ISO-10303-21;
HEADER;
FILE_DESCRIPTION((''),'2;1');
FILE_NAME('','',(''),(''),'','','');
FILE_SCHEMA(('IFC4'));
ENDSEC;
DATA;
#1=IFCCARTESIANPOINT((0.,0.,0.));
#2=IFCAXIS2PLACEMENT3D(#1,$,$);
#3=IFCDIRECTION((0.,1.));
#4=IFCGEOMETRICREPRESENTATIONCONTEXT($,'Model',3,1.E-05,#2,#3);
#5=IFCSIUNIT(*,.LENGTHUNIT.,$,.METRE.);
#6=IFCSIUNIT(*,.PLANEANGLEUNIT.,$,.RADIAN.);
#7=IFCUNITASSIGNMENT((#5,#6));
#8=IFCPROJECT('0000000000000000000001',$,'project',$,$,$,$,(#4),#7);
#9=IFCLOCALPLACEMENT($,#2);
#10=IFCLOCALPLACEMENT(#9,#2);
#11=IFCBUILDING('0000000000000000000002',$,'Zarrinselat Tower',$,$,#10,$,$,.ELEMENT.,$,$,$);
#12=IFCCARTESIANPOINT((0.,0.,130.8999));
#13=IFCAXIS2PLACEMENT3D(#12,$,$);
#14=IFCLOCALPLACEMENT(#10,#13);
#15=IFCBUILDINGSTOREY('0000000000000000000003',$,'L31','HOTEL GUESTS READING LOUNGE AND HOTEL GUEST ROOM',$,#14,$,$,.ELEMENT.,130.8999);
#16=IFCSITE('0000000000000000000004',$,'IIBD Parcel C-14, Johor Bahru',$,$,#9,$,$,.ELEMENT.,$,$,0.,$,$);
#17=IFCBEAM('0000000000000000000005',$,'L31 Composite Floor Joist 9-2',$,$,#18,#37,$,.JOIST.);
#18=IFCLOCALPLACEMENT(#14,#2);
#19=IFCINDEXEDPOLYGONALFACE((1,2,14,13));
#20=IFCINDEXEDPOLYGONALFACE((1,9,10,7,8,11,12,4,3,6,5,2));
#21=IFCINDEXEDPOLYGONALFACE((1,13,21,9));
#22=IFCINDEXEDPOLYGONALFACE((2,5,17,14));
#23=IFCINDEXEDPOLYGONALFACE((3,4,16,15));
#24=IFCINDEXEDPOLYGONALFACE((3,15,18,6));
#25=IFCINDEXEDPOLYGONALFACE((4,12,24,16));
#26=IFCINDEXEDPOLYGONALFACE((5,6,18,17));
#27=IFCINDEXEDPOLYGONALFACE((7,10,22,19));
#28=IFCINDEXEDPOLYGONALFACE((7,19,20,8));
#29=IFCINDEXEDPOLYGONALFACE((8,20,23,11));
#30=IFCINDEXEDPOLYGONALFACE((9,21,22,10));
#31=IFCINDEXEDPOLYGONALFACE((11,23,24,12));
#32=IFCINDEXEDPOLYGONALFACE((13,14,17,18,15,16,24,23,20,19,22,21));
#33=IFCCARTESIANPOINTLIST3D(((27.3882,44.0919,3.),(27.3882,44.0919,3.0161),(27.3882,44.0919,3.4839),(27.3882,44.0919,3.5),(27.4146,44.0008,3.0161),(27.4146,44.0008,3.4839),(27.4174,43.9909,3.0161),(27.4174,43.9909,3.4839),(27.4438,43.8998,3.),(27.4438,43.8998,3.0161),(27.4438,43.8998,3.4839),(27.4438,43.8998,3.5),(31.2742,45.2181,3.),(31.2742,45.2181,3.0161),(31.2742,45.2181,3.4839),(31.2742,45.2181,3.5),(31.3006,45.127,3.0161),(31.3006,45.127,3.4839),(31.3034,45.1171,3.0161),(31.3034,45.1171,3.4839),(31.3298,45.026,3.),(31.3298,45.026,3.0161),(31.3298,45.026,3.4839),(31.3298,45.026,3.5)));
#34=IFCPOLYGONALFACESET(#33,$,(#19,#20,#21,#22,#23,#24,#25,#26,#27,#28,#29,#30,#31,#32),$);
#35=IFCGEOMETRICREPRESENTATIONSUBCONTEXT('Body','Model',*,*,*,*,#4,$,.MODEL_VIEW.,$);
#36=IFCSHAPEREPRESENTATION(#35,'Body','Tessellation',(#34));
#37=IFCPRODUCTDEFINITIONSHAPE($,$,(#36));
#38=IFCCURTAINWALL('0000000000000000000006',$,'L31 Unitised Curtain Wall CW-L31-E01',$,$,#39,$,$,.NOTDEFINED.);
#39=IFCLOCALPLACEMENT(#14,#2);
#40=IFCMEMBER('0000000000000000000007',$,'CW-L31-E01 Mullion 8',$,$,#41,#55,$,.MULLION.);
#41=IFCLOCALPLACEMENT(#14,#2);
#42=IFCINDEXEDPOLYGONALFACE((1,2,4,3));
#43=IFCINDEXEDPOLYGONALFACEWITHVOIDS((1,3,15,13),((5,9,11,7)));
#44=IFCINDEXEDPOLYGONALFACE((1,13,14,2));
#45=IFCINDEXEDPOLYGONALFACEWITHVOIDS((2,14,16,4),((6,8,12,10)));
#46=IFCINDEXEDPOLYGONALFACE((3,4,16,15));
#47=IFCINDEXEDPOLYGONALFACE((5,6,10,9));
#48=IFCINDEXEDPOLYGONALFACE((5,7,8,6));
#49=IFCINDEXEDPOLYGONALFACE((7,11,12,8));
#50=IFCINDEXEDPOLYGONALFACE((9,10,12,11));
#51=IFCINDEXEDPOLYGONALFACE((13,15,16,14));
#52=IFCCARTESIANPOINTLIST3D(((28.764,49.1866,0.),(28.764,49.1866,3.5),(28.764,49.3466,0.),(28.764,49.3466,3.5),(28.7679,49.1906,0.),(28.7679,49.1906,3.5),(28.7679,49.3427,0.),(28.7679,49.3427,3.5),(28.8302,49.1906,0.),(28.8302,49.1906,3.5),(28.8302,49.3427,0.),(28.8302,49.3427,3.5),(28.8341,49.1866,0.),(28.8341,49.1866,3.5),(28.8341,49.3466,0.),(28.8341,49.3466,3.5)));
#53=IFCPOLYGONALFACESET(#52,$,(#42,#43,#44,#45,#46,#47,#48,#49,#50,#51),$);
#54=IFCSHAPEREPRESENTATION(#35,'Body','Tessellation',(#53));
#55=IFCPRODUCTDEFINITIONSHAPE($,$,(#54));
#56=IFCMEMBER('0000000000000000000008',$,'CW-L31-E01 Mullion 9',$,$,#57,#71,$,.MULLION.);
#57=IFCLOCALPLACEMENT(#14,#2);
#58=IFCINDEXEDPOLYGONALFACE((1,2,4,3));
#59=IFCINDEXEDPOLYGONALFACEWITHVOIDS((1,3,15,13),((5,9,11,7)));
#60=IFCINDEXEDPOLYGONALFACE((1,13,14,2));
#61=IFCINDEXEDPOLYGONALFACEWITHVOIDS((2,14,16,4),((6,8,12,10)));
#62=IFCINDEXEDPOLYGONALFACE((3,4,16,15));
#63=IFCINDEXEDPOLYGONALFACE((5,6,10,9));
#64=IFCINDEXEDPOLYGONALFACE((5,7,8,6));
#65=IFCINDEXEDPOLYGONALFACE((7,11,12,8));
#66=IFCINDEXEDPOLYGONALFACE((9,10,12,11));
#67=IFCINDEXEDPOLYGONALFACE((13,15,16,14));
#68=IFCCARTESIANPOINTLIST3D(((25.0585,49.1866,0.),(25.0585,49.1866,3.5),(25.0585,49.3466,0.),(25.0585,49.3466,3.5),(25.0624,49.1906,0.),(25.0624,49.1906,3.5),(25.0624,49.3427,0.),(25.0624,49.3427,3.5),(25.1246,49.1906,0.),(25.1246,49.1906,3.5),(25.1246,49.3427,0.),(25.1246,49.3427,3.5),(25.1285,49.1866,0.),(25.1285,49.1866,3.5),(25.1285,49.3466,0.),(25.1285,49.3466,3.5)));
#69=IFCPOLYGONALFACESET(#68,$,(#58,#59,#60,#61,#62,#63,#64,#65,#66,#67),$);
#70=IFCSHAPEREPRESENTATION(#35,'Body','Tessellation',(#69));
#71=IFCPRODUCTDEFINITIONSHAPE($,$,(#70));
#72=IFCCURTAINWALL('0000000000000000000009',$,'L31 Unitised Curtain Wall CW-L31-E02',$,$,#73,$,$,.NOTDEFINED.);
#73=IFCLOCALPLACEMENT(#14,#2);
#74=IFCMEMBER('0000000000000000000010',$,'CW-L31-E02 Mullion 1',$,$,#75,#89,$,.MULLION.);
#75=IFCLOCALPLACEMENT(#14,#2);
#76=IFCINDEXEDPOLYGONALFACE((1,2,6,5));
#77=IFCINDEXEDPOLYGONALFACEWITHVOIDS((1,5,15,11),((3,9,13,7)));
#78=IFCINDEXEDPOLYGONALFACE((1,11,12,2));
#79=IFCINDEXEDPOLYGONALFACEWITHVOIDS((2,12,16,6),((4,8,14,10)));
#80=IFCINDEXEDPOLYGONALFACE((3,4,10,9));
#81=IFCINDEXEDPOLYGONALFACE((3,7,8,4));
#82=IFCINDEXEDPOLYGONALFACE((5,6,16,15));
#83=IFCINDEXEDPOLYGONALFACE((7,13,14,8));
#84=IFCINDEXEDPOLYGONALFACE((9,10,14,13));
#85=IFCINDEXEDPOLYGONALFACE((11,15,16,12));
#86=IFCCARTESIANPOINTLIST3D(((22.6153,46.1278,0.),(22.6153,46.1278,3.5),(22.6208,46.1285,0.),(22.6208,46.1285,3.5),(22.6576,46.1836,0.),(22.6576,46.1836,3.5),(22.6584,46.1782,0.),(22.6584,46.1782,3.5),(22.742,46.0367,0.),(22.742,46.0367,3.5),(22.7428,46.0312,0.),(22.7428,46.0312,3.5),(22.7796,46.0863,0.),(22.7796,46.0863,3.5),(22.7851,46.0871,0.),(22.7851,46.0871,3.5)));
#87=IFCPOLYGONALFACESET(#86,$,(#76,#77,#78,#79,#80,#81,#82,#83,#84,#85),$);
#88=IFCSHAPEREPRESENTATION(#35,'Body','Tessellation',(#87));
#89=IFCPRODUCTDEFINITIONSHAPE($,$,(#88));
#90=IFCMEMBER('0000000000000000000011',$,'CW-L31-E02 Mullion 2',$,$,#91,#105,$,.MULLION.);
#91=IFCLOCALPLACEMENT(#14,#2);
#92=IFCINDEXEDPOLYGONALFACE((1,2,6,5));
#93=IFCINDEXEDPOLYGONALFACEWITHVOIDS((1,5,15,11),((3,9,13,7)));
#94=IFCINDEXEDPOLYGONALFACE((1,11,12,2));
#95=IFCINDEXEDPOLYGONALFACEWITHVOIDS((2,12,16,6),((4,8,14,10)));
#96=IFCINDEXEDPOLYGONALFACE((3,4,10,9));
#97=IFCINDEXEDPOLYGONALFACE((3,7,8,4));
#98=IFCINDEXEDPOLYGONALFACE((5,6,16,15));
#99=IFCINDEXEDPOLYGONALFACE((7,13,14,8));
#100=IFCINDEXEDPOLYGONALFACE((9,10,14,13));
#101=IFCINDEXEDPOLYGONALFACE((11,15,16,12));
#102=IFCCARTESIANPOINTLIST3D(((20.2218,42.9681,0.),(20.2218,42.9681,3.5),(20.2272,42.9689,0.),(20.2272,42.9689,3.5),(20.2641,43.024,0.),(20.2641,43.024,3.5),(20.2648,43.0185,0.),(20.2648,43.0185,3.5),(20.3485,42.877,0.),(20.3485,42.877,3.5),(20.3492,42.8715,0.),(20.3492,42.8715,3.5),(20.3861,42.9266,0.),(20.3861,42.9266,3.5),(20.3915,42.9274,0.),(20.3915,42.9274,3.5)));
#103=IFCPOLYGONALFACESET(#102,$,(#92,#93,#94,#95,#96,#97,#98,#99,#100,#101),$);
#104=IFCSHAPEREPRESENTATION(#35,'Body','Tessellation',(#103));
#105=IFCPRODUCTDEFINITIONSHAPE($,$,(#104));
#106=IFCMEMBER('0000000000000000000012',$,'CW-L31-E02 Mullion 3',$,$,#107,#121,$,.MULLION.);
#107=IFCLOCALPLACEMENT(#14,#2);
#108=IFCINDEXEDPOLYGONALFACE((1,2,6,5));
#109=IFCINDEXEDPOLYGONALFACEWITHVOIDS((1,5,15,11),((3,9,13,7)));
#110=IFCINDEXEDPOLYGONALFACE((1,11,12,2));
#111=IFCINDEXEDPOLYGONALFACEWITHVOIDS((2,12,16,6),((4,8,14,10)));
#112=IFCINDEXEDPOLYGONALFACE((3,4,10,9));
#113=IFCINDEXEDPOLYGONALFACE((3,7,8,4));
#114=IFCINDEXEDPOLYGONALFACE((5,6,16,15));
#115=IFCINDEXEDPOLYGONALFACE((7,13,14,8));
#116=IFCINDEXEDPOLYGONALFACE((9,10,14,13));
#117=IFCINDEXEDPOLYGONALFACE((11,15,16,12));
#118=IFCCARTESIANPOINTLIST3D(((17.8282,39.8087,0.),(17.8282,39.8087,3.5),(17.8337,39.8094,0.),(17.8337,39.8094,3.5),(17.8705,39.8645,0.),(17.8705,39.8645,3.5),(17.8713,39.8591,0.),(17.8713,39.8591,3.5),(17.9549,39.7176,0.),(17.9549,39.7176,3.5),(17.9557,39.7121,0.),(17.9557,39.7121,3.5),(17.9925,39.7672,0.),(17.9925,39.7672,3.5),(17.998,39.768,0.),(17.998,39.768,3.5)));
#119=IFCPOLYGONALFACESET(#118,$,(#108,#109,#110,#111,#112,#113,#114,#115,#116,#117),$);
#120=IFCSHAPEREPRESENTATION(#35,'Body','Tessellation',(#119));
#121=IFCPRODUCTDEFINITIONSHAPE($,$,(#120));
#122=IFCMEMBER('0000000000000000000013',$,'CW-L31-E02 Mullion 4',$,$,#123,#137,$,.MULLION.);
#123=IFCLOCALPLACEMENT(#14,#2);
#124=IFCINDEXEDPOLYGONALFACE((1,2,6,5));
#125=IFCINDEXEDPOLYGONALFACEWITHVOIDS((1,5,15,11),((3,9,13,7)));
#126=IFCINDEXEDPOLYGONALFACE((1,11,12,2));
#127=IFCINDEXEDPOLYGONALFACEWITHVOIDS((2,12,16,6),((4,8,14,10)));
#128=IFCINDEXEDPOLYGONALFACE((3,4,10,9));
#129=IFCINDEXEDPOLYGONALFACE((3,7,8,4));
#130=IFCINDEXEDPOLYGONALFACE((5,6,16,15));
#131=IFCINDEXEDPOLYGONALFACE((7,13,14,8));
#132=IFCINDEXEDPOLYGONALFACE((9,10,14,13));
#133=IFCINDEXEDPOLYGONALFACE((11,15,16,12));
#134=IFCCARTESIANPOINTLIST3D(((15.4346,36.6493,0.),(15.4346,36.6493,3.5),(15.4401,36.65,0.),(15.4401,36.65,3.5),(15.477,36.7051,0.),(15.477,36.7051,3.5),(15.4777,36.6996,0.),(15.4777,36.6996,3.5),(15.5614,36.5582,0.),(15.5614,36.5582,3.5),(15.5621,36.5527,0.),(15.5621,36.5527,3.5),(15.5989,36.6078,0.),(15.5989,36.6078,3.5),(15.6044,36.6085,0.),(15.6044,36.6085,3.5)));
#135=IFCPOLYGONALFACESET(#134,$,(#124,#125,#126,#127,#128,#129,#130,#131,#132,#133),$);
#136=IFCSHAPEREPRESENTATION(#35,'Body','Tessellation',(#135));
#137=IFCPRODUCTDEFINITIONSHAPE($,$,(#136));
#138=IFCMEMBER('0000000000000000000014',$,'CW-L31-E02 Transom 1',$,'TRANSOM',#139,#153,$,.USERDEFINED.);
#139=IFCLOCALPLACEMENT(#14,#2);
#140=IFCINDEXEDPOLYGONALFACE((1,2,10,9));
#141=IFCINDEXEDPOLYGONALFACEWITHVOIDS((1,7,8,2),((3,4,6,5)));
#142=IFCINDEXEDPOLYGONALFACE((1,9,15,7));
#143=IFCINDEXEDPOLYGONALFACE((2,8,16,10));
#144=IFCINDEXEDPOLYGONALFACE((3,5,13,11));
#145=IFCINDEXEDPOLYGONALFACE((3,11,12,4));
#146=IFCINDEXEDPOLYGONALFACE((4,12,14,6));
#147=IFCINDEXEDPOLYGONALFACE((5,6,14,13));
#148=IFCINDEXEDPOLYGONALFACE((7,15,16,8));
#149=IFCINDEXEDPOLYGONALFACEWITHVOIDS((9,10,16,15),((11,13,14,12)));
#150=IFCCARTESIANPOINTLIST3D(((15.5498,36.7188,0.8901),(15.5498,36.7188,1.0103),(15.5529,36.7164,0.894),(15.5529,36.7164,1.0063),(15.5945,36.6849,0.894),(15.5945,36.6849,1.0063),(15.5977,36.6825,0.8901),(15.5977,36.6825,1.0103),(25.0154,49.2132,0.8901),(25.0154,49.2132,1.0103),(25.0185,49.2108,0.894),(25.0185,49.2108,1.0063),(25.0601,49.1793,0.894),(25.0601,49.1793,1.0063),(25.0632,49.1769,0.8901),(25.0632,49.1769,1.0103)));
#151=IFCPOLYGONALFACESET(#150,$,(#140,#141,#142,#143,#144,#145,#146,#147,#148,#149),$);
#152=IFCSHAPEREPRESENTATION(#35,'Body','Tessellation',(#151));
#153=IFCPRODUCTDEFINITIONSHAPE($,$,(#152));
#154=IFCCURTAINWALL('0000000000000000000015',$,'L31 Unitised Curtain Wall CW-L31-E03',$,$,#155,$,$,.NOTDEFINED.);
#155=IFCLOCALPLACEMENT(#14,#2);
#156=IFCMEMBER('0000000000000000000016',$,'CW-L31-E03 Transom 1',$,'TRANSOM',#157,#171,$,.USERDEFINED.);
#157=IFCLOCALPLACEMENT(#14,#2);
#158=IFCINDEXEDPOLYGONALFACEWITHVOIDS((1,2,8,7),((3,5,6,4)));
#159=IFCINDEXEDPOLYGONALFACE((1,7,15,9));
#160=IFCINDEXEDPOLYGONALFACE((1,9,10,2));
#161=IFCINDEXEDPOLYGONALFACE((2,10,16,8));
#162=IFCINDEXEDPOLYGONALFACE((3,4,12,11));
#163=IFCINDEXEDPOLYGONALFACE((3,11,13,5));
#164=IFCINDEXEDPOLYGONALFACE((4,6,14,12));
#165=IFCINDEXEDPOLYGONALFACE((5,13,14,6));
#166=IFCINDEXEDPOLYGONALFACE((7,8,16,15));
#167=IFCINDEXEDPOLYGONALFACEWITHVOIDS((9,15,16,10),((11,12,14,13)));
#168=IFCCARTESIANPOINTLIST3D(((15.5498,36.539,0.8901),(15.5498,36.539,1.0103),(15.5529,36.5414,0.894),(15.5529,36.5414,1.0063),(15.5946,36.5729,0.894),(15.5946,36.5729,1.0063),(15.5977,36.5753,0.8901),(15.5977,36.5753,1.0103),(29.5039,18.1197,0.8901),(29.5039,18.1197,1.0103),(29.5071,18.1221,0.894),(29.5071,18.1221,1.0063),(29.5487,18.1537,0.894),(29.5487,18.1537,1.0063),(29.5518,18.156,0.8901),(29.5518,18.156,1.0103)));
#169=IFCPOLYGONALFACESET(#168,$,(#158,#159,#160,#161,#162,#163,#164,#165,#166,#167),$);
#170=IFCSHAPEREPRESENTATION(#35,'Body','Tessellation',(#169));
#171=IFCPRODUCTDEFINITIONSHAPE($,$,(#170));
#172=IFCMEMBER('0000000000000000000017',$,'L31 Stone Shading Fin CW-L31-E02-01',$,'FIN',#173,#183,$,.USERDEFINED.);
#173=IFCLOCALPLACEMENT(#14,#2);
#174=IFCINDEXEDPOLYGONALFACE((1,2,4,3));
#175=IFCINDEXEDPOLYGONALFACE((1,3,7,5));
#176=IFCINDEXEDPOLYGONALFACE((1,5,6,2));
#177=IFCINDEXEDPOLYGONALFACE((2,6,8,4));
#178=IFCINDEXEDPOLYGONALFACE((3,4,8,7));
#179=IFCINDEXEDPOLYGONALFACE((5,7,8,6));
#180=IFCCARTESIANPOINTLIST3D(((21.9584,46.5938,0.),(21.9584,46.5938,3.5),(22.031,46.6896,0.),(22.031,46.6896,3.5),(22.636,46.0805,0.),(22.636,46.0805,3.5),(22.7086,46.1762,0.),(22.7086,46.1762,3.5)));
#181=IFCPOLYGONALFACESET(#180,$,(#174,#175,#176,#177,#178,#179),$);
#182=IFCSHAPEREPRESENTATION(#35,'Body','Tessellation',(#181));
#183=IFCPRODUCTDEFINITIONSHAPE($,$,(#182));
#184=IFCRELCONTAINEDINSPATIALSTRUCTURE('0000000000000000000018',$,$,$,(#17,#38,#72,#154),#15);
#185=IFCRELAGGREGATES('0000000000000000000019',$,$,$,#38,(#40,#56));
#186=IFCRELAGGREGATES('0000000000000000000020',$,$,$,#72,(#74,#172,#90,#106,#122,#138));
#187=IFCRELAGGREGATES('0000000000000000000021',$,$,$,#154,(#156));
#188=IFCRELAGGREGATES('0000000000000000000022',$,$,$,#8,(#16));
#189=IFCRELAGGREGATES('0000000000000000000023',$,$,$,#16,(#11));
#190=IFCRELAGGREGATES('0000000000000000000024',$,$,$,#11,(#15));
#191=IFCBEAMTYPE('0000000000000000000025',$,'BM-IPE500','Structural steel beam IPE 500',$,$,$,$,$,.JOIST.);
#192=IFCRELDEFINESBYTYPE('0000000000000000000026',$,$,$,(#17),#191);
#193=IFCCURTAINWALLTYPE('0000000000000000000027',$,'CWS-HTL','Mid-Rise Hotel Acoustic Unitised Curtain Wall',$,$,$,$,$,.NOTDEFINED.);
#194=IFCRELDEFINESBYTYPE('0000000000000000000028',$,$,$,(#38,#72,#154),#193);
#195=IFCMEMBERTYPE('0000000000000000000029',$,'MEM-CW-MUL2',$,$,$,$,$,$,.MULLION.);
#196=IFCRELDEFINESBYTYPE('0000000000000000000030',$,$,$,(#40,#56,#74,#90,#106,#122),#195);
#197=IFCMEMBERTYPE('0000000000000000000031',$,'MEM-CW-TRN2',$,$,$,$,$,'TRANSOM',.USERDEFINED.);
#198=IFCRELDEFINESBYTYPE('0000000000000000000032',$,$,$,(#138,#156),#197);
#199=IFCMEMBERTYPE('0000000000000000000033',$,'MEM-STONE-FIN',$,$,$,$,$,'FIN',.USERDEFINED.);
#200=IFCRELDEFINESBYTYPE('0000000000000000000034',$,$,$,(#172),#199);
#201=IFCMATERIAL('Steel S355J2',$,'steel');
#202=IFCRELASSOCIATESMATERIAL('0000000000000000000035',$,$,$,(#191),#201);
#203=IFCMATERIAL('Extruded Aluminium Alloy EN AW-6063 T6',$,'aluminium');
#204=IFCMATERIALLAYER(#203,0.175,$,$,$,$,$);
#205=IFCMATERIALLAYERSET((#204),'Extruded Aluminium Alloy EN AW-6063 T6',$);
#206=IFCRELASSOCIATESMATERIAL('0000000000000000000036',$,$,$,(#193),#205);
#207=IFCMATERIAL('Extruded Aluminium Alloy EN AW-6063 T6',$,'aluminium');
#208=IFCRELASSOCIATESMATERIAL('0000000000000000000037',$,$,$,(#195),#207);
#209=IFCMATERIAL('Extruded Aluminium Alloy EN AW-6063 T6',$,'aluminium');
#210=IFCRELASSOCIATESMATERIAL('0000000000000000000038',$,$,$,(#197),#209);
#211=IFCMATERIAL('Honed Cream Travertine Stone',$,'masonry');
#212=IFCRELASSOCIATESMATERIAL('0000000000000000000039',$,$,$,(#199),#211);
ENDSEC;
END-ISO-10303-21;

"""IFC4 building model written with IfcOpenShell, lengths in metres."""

from ifc_helpers import new_model, si_unit, direction, frame, origin, origin_2d, place, context, subcontext, project, spatial, rectangle, hollow_rectangle, i_section, extrude, material, layer, layer_set, material_profile, profile_set, type_object, element, aggregate, save


model = new_model("IFC4")

# Units and contexts
model_context = context("Model", 3, precision=1e-05, world=origin(), true_north=direction((0.0, 1.0)))
body_context = subcontext(model_context, "Body", "Model", "MODEL_VIEW")
ifc_project = project(units=[si_unit("LENGTHUNIT", "METRE"), si_unit("PLANEANGLEUNIT", "RADIAN")], contexts=[model_context])

# Site, building, storey
site_placement = place(None, origin())
site = spatial("IfcSite", under=ifc_project, at=site_placement, Name="IIBD Parcel C-14, Johor Bahru", CompositionType="ELEMENT", RefElevation=0.0)
building_placement = place(site_placement, origin())
building = spatial("IfcBuilding", under=site, at=building_placement, Name="Zarrinselat Tower", CompositionType="ELEMENT")
storey_placement = place(building_placement, frame((0.0, 0.0, 130.8999)))
storey = spatial("IfcBuildingStorey", under=building, at=storey_placement, Name="L31", Description="HOTEL GUESTS READING LOUNGE AND HOTEL GUEST ROOM", CompositionType="ELEMENT", Elevation=130.8999)

# Beam
ifc_material_1 = material(Name="Steel S355J2", Category="steel")
ifc_material_profile_1 = material_profile(ifc_material_1, i_section(OverallWidth=0.2, OverallDepth=0.5, WebThickness=0.0103, FlangeThickness=0.0161, at=origin_2d()), Name="IPE 500")
ifc_profile_set_1 = profile_set([ifc_material_profile_1], Name="Steel S355J2")
beam_type_1 = type_object("IfcBeamType", Name="BM-IPE500", Description="Structural steel beam IPE 500", PredefinedType="JOIST", material=ifc_profile_set_1)
beam_1_placement = place(storey_placement, frame((27.416, 43.9958, 3.25), z_axis=(0.960476, 0.278361, 0.0), x_axis=(-0.278361, 0.960476, 0.0)))
element("IfcBeam", 1, at=beam_1_placement, inside=storey, type_object=beam_type_1, Name="L31 Composite Floor Joist 9-2", PredefinedType="JOIST", context=body_context, shape_type="SweptSolid", body=[
    extrude(i_section(OverallWidth=0.2, OverallDepth=0.5, WebThickness=0.0103, FlangeThickness=0.0161, at=origin_2d()), origin(), (0.0, 0.0, 1.0), 4.0459),
])

# Curtain walls, members
ifc_material_2 = material(Name="Extruded Aluminium Alloy EN AW-6063 T6", Category="aluminium")
ifc_layer_1 = layer(ifc_material_2, 0.175)
ifc_layer_set_1 = layer_set([ifc_layer_1], Name="Extruded Aluminium Alloy EN AW-6063 T6")
curtain_wall_type = type_object("IfcCurtainWallType", Name="CWS-HTL", Description="Mid-Rise Hotel Acoustic Unitised Curtain Wall", PredefinedType="NOTDEFINED", material=ifc_layer_set_1)
curtain_wall_1_placement = place(storey_placement, origin())
curtain_wall_1 = element("IfcCurtainWall", 2, at=curtain_wall_1_placement, inside=storey, type_object=curtain_wall_type, Name="L31 Unitised Curtain Wall CW-L31-E01", PredefinedType="NOTDEFINED")
ifc_material_3 = material(Name="Extruded Aluminium Alloy EN AW-6063 T6", Category="aluminium")
ifc_material_profile_2 = material_profile(ifc_material_3, hollow_rectangle(XDim=0.0701, YDim=0.1599, WallThickness=0.0039, at=origin_2d()), Name="RHS 160x70x4")
ifc_profile_set_2 = profile_set([ifc_material_profile_2], Name="Extruded Aluminium Alloy EN AW-6063 T6")
member_type_1 = type_object("IfcMemberType", Name="MEM-CW-MUL2", PredefinedType="MULLION", material=ifc_profile_set_2)
member_1_placement = place(storey_placement, frame((28.7991, 49.2666, 0.0), z_axis=(0.0, 0.0, 1.0), x_axis=(-1.0, 0.0, 0.0)))
member_1 = element("IfcMember", 3, at=member_1_placement, type_object=member_type_1, Name="CW-L31-E01 Mullion 8", PredefinedType="MULLION", context=body_context, shape_type="SweptSolid", body=[
    extrude(hollow_rectangle(XDim=0.0701, YDim=0.1599, WallThickness=0.0039, at=origin_2d()), origin(), (0.0, 0.0, 1.0), 3.5),
])
member_2_placement = place(storey_placement, frame((25.0935, 49.2666, 0.0), z_axis=(0.0, 0.0, 1.0), x_axis=(-1.0, 0.0, 0.0)))
member_2 = element("IfcMember", 4, at=member_2_placement, type_object=member_type_1, Name="CW-L31-E01 Mullion 9", PredefinedType="MULLION", context=body_context, shape_type="SweptSolid", body=[
    extrude(hollow_rectangle(XDim=0.0701, YDim=0.1599, WallThickness=0.0039, at=origin_2d()), origin(), (0.0, 0.0, 1.0), 3.5),
])
curtain_wall_2_placement = place(storey_placement, origin())
curtain_wall_2 = element("IfcCurtainWall", 5, at=curtain_wall_2_placement, inside=storey, type_object=curtain_wall_type, Name="L31 Unitised Curtain Wall CW-L31-E02", PredefinedType="NOTDEFINED")
member_3_placement = place(storey_placement, frame((22.7002, 46.1074, 0.0), z_axis=(0.0, 0.0, 1.0), x_axis=(-0.603858, -0.797092, 0.0)))
member_3 = element("IfcMember", 6, at=member_3_placement, type_object=member_type_1, Name="CW-L31-E02 Mullion 1", PredefinedType="MULLION", context=body_context, shape_type="SweptSolid", body=[
    extrude(hollow_rectangle(XDim=0.0701, YDim=0.1599, WallThickness=0.0039, at=origin_2d()), origin(), (0.0, 0.0, 1.0), 3.5),
])
member_4_placement = place(storey_placement, frame((20.3066, 42.9478, 0.0), z_axis=(0.0, 0.0, 1.0), x_axis=(-0.603858, -0.797092, 0.0)))
member_4 = element("IfcMember", 7, at=member_4_placement, type_object=member_type_1, Name="CW-L31-E02 Mullion 2", PredefinedType="MULLION", context=body_context, shape_type="SweptSolid", body=[
    extrude(hollow_rectangle(XDim=0.0701, YDim=0.1599, WallThickness=0.0039, at=origin_2d()), origin(), (0.0, 0.0, 1.0), 3.5),
])
member_5_placement = place(storey_placement, frame((17.9131, 39.7883, 0.0), z_axis=(0.0, 0.0, 1.0), x_axis=(-0.603858, -0.797092, 0.0)))
member_5 = element("IfcMember", 8, at=member_5_placement, type_object=member_type_1, Name="CW-L31-E02 Mullion 3", PredefinedType="MULLION", context=body_context, shape_type="SweptSolid", body=[
    extrude(hollow_rectangle(XDim=0.0701, YDim=0.1599, WallThickness=0.0039, at=origin_2d()), origin(), (0.0, 0.0, 1.0), 3.5),
])
member_6_placement = place(storey_placement, frame((15.5195, 36.6289, 0.0), z_axis=(0.0, 0.0, 1.0), x_axis=(-0.603858, -0.797092, 0.0)))
member_6 = element("IfcMember", 9, at=member_6_placement, type_object=member_type_1, Name="CW-L31-E02 Mullion 4", PredefinedType="MULLION", context=body_context, shape_type="SweptSolid", body=[
    extrude(hollow_rectangle(XDim=0.0701, YDim=0.1599, WallThickness=0.0039, at=origin_2d()), origin(), (0.0, 0.0, 1.0), 3.5),
])
ifc_material_4 = material(Name="Extruded Aluminium Alloy EN AW-6063 T6", Category="aluminium")
ifc_material_profile_3 = material_profile(ifc_material_4, hollow_rectangle(XDim=0.0601, YDim=0.1201, WallThickness=0.0039, at=origin_2d()), Name="RHS 120x60x4")
ifc_profile_set_3 = profile_set([ifc_material_profile_3], Name="Extruded Aluminium Alloy EN AW-6063 T6")
member_type_2 = type_object("IfcMemberType", Name="MEM-CW-TRN2", ElementType="TRANSOM", PredefinedType="USERDEFINED", material=ifc_profile_set_3)
member_7_placement = place(storey_placement, frame((25.0393, 49.1951, 0.9502), z_axis=(-0.603863, -0.797088, 0.0), x_axis=(0.797088, -0.603863, 0.0)))
member_7 = element("IfcMember", 10, at=member_7_placement, type_object=member_type_2, Name="CW-L31-E02 Transom 1", ObjectType="TRANSOM", PredefinedType="USERDEFINED", context=body_context, shape_type="SweptSolid", body=[
    extrude(hollow_rectangle(XDim=0.0601, YDim=0.1201, WallThickness=0.0039, at=origin_2d()), origin(), (0.0, 0.0, 1.0), 15.675),
])

# Curtain wall, member
curtain_wall_3_placement = place(storey_placement, origin())
curtain_wall_3 = element("IfcCurtainWall", 11, at=curtain_wall_3_placement, inside=storey, type_object=curtain_wall_type, Name="L31 Unitised Curtain Wall CW-L31-E03", PredefinedType="NOTDEFINED")
member_8_placement = place(storey_placement, frame((15.5737, 36.5571, 0.9502), z_axis=(0.603862, -0.797089, 0.0), x_axis=(0.797089, 0.603862, 0.0)))
member_8 = element("IfcMember", 12, at=member_8_placement, type_object=member_type_2, Name="CW-L31-E03 Transom 1", ObjectType="TRANSOM", PredefinedType="USERDEFINED", context=body_context, shape_type="SweptSolid", body=[
    extrude(hollow_rectangle(XDim=0.0601, YDim=0.1201, WallThickness=0.0039, at=origin_2d()), origin(), (0.0, 0.0, 1.0), 23.1082),
])

# Member
ifc_material_5 = material(Name="Honed Cream Travertine Stone", Category="masonry")
ifc_material_profile_4 = material_profile(ifc_material_5, rectangle(XDim=0.1201, YDim=0.8501, at=origin_2d()), Name="FIN 850x120")
ifc_profile_set_4 = profile_set([ifc_material_profile_4], Name="Honed Cream Travertine Stone")
member_type_3 = type_object("IfcMemberType", Name="MEM-STONE-FIN", ElementType="FIN", PredefinedType="USERDEFINED", material=ifc_profile_set_4)
member_9_placement = place(storey_placement, frame((22.3335, 46.385, 0.0), z_axis=(0.0, 0.0, 1.0), x_axis=(0.603858, 0.797092, 0.0)))
member_9 = element("IfcMember", 13, at=member_9_placement, type_object=member_type_3, Name="L31 Stone Shading Fin CW-L31-E02-01", ObjectType="FIN", PredefinedType="USERDEFINED", context=body_context, shape_type="SweptSolid", body=[
    extrude(rectangle(XDim=0.1201, YDim=0.8501, at=origin_2d()), origin(), (0.0, 0.0, 1.0), 3.5),
])

aggregate(curtain_wall_1, [member_1, member_2])
aggregate(curtain_wall_2, [member_3, member_9, member_4, member_5, member_6, member_7])
aggregate(curtain_wall_3, [member_8])

save(model, "model.ifc")
